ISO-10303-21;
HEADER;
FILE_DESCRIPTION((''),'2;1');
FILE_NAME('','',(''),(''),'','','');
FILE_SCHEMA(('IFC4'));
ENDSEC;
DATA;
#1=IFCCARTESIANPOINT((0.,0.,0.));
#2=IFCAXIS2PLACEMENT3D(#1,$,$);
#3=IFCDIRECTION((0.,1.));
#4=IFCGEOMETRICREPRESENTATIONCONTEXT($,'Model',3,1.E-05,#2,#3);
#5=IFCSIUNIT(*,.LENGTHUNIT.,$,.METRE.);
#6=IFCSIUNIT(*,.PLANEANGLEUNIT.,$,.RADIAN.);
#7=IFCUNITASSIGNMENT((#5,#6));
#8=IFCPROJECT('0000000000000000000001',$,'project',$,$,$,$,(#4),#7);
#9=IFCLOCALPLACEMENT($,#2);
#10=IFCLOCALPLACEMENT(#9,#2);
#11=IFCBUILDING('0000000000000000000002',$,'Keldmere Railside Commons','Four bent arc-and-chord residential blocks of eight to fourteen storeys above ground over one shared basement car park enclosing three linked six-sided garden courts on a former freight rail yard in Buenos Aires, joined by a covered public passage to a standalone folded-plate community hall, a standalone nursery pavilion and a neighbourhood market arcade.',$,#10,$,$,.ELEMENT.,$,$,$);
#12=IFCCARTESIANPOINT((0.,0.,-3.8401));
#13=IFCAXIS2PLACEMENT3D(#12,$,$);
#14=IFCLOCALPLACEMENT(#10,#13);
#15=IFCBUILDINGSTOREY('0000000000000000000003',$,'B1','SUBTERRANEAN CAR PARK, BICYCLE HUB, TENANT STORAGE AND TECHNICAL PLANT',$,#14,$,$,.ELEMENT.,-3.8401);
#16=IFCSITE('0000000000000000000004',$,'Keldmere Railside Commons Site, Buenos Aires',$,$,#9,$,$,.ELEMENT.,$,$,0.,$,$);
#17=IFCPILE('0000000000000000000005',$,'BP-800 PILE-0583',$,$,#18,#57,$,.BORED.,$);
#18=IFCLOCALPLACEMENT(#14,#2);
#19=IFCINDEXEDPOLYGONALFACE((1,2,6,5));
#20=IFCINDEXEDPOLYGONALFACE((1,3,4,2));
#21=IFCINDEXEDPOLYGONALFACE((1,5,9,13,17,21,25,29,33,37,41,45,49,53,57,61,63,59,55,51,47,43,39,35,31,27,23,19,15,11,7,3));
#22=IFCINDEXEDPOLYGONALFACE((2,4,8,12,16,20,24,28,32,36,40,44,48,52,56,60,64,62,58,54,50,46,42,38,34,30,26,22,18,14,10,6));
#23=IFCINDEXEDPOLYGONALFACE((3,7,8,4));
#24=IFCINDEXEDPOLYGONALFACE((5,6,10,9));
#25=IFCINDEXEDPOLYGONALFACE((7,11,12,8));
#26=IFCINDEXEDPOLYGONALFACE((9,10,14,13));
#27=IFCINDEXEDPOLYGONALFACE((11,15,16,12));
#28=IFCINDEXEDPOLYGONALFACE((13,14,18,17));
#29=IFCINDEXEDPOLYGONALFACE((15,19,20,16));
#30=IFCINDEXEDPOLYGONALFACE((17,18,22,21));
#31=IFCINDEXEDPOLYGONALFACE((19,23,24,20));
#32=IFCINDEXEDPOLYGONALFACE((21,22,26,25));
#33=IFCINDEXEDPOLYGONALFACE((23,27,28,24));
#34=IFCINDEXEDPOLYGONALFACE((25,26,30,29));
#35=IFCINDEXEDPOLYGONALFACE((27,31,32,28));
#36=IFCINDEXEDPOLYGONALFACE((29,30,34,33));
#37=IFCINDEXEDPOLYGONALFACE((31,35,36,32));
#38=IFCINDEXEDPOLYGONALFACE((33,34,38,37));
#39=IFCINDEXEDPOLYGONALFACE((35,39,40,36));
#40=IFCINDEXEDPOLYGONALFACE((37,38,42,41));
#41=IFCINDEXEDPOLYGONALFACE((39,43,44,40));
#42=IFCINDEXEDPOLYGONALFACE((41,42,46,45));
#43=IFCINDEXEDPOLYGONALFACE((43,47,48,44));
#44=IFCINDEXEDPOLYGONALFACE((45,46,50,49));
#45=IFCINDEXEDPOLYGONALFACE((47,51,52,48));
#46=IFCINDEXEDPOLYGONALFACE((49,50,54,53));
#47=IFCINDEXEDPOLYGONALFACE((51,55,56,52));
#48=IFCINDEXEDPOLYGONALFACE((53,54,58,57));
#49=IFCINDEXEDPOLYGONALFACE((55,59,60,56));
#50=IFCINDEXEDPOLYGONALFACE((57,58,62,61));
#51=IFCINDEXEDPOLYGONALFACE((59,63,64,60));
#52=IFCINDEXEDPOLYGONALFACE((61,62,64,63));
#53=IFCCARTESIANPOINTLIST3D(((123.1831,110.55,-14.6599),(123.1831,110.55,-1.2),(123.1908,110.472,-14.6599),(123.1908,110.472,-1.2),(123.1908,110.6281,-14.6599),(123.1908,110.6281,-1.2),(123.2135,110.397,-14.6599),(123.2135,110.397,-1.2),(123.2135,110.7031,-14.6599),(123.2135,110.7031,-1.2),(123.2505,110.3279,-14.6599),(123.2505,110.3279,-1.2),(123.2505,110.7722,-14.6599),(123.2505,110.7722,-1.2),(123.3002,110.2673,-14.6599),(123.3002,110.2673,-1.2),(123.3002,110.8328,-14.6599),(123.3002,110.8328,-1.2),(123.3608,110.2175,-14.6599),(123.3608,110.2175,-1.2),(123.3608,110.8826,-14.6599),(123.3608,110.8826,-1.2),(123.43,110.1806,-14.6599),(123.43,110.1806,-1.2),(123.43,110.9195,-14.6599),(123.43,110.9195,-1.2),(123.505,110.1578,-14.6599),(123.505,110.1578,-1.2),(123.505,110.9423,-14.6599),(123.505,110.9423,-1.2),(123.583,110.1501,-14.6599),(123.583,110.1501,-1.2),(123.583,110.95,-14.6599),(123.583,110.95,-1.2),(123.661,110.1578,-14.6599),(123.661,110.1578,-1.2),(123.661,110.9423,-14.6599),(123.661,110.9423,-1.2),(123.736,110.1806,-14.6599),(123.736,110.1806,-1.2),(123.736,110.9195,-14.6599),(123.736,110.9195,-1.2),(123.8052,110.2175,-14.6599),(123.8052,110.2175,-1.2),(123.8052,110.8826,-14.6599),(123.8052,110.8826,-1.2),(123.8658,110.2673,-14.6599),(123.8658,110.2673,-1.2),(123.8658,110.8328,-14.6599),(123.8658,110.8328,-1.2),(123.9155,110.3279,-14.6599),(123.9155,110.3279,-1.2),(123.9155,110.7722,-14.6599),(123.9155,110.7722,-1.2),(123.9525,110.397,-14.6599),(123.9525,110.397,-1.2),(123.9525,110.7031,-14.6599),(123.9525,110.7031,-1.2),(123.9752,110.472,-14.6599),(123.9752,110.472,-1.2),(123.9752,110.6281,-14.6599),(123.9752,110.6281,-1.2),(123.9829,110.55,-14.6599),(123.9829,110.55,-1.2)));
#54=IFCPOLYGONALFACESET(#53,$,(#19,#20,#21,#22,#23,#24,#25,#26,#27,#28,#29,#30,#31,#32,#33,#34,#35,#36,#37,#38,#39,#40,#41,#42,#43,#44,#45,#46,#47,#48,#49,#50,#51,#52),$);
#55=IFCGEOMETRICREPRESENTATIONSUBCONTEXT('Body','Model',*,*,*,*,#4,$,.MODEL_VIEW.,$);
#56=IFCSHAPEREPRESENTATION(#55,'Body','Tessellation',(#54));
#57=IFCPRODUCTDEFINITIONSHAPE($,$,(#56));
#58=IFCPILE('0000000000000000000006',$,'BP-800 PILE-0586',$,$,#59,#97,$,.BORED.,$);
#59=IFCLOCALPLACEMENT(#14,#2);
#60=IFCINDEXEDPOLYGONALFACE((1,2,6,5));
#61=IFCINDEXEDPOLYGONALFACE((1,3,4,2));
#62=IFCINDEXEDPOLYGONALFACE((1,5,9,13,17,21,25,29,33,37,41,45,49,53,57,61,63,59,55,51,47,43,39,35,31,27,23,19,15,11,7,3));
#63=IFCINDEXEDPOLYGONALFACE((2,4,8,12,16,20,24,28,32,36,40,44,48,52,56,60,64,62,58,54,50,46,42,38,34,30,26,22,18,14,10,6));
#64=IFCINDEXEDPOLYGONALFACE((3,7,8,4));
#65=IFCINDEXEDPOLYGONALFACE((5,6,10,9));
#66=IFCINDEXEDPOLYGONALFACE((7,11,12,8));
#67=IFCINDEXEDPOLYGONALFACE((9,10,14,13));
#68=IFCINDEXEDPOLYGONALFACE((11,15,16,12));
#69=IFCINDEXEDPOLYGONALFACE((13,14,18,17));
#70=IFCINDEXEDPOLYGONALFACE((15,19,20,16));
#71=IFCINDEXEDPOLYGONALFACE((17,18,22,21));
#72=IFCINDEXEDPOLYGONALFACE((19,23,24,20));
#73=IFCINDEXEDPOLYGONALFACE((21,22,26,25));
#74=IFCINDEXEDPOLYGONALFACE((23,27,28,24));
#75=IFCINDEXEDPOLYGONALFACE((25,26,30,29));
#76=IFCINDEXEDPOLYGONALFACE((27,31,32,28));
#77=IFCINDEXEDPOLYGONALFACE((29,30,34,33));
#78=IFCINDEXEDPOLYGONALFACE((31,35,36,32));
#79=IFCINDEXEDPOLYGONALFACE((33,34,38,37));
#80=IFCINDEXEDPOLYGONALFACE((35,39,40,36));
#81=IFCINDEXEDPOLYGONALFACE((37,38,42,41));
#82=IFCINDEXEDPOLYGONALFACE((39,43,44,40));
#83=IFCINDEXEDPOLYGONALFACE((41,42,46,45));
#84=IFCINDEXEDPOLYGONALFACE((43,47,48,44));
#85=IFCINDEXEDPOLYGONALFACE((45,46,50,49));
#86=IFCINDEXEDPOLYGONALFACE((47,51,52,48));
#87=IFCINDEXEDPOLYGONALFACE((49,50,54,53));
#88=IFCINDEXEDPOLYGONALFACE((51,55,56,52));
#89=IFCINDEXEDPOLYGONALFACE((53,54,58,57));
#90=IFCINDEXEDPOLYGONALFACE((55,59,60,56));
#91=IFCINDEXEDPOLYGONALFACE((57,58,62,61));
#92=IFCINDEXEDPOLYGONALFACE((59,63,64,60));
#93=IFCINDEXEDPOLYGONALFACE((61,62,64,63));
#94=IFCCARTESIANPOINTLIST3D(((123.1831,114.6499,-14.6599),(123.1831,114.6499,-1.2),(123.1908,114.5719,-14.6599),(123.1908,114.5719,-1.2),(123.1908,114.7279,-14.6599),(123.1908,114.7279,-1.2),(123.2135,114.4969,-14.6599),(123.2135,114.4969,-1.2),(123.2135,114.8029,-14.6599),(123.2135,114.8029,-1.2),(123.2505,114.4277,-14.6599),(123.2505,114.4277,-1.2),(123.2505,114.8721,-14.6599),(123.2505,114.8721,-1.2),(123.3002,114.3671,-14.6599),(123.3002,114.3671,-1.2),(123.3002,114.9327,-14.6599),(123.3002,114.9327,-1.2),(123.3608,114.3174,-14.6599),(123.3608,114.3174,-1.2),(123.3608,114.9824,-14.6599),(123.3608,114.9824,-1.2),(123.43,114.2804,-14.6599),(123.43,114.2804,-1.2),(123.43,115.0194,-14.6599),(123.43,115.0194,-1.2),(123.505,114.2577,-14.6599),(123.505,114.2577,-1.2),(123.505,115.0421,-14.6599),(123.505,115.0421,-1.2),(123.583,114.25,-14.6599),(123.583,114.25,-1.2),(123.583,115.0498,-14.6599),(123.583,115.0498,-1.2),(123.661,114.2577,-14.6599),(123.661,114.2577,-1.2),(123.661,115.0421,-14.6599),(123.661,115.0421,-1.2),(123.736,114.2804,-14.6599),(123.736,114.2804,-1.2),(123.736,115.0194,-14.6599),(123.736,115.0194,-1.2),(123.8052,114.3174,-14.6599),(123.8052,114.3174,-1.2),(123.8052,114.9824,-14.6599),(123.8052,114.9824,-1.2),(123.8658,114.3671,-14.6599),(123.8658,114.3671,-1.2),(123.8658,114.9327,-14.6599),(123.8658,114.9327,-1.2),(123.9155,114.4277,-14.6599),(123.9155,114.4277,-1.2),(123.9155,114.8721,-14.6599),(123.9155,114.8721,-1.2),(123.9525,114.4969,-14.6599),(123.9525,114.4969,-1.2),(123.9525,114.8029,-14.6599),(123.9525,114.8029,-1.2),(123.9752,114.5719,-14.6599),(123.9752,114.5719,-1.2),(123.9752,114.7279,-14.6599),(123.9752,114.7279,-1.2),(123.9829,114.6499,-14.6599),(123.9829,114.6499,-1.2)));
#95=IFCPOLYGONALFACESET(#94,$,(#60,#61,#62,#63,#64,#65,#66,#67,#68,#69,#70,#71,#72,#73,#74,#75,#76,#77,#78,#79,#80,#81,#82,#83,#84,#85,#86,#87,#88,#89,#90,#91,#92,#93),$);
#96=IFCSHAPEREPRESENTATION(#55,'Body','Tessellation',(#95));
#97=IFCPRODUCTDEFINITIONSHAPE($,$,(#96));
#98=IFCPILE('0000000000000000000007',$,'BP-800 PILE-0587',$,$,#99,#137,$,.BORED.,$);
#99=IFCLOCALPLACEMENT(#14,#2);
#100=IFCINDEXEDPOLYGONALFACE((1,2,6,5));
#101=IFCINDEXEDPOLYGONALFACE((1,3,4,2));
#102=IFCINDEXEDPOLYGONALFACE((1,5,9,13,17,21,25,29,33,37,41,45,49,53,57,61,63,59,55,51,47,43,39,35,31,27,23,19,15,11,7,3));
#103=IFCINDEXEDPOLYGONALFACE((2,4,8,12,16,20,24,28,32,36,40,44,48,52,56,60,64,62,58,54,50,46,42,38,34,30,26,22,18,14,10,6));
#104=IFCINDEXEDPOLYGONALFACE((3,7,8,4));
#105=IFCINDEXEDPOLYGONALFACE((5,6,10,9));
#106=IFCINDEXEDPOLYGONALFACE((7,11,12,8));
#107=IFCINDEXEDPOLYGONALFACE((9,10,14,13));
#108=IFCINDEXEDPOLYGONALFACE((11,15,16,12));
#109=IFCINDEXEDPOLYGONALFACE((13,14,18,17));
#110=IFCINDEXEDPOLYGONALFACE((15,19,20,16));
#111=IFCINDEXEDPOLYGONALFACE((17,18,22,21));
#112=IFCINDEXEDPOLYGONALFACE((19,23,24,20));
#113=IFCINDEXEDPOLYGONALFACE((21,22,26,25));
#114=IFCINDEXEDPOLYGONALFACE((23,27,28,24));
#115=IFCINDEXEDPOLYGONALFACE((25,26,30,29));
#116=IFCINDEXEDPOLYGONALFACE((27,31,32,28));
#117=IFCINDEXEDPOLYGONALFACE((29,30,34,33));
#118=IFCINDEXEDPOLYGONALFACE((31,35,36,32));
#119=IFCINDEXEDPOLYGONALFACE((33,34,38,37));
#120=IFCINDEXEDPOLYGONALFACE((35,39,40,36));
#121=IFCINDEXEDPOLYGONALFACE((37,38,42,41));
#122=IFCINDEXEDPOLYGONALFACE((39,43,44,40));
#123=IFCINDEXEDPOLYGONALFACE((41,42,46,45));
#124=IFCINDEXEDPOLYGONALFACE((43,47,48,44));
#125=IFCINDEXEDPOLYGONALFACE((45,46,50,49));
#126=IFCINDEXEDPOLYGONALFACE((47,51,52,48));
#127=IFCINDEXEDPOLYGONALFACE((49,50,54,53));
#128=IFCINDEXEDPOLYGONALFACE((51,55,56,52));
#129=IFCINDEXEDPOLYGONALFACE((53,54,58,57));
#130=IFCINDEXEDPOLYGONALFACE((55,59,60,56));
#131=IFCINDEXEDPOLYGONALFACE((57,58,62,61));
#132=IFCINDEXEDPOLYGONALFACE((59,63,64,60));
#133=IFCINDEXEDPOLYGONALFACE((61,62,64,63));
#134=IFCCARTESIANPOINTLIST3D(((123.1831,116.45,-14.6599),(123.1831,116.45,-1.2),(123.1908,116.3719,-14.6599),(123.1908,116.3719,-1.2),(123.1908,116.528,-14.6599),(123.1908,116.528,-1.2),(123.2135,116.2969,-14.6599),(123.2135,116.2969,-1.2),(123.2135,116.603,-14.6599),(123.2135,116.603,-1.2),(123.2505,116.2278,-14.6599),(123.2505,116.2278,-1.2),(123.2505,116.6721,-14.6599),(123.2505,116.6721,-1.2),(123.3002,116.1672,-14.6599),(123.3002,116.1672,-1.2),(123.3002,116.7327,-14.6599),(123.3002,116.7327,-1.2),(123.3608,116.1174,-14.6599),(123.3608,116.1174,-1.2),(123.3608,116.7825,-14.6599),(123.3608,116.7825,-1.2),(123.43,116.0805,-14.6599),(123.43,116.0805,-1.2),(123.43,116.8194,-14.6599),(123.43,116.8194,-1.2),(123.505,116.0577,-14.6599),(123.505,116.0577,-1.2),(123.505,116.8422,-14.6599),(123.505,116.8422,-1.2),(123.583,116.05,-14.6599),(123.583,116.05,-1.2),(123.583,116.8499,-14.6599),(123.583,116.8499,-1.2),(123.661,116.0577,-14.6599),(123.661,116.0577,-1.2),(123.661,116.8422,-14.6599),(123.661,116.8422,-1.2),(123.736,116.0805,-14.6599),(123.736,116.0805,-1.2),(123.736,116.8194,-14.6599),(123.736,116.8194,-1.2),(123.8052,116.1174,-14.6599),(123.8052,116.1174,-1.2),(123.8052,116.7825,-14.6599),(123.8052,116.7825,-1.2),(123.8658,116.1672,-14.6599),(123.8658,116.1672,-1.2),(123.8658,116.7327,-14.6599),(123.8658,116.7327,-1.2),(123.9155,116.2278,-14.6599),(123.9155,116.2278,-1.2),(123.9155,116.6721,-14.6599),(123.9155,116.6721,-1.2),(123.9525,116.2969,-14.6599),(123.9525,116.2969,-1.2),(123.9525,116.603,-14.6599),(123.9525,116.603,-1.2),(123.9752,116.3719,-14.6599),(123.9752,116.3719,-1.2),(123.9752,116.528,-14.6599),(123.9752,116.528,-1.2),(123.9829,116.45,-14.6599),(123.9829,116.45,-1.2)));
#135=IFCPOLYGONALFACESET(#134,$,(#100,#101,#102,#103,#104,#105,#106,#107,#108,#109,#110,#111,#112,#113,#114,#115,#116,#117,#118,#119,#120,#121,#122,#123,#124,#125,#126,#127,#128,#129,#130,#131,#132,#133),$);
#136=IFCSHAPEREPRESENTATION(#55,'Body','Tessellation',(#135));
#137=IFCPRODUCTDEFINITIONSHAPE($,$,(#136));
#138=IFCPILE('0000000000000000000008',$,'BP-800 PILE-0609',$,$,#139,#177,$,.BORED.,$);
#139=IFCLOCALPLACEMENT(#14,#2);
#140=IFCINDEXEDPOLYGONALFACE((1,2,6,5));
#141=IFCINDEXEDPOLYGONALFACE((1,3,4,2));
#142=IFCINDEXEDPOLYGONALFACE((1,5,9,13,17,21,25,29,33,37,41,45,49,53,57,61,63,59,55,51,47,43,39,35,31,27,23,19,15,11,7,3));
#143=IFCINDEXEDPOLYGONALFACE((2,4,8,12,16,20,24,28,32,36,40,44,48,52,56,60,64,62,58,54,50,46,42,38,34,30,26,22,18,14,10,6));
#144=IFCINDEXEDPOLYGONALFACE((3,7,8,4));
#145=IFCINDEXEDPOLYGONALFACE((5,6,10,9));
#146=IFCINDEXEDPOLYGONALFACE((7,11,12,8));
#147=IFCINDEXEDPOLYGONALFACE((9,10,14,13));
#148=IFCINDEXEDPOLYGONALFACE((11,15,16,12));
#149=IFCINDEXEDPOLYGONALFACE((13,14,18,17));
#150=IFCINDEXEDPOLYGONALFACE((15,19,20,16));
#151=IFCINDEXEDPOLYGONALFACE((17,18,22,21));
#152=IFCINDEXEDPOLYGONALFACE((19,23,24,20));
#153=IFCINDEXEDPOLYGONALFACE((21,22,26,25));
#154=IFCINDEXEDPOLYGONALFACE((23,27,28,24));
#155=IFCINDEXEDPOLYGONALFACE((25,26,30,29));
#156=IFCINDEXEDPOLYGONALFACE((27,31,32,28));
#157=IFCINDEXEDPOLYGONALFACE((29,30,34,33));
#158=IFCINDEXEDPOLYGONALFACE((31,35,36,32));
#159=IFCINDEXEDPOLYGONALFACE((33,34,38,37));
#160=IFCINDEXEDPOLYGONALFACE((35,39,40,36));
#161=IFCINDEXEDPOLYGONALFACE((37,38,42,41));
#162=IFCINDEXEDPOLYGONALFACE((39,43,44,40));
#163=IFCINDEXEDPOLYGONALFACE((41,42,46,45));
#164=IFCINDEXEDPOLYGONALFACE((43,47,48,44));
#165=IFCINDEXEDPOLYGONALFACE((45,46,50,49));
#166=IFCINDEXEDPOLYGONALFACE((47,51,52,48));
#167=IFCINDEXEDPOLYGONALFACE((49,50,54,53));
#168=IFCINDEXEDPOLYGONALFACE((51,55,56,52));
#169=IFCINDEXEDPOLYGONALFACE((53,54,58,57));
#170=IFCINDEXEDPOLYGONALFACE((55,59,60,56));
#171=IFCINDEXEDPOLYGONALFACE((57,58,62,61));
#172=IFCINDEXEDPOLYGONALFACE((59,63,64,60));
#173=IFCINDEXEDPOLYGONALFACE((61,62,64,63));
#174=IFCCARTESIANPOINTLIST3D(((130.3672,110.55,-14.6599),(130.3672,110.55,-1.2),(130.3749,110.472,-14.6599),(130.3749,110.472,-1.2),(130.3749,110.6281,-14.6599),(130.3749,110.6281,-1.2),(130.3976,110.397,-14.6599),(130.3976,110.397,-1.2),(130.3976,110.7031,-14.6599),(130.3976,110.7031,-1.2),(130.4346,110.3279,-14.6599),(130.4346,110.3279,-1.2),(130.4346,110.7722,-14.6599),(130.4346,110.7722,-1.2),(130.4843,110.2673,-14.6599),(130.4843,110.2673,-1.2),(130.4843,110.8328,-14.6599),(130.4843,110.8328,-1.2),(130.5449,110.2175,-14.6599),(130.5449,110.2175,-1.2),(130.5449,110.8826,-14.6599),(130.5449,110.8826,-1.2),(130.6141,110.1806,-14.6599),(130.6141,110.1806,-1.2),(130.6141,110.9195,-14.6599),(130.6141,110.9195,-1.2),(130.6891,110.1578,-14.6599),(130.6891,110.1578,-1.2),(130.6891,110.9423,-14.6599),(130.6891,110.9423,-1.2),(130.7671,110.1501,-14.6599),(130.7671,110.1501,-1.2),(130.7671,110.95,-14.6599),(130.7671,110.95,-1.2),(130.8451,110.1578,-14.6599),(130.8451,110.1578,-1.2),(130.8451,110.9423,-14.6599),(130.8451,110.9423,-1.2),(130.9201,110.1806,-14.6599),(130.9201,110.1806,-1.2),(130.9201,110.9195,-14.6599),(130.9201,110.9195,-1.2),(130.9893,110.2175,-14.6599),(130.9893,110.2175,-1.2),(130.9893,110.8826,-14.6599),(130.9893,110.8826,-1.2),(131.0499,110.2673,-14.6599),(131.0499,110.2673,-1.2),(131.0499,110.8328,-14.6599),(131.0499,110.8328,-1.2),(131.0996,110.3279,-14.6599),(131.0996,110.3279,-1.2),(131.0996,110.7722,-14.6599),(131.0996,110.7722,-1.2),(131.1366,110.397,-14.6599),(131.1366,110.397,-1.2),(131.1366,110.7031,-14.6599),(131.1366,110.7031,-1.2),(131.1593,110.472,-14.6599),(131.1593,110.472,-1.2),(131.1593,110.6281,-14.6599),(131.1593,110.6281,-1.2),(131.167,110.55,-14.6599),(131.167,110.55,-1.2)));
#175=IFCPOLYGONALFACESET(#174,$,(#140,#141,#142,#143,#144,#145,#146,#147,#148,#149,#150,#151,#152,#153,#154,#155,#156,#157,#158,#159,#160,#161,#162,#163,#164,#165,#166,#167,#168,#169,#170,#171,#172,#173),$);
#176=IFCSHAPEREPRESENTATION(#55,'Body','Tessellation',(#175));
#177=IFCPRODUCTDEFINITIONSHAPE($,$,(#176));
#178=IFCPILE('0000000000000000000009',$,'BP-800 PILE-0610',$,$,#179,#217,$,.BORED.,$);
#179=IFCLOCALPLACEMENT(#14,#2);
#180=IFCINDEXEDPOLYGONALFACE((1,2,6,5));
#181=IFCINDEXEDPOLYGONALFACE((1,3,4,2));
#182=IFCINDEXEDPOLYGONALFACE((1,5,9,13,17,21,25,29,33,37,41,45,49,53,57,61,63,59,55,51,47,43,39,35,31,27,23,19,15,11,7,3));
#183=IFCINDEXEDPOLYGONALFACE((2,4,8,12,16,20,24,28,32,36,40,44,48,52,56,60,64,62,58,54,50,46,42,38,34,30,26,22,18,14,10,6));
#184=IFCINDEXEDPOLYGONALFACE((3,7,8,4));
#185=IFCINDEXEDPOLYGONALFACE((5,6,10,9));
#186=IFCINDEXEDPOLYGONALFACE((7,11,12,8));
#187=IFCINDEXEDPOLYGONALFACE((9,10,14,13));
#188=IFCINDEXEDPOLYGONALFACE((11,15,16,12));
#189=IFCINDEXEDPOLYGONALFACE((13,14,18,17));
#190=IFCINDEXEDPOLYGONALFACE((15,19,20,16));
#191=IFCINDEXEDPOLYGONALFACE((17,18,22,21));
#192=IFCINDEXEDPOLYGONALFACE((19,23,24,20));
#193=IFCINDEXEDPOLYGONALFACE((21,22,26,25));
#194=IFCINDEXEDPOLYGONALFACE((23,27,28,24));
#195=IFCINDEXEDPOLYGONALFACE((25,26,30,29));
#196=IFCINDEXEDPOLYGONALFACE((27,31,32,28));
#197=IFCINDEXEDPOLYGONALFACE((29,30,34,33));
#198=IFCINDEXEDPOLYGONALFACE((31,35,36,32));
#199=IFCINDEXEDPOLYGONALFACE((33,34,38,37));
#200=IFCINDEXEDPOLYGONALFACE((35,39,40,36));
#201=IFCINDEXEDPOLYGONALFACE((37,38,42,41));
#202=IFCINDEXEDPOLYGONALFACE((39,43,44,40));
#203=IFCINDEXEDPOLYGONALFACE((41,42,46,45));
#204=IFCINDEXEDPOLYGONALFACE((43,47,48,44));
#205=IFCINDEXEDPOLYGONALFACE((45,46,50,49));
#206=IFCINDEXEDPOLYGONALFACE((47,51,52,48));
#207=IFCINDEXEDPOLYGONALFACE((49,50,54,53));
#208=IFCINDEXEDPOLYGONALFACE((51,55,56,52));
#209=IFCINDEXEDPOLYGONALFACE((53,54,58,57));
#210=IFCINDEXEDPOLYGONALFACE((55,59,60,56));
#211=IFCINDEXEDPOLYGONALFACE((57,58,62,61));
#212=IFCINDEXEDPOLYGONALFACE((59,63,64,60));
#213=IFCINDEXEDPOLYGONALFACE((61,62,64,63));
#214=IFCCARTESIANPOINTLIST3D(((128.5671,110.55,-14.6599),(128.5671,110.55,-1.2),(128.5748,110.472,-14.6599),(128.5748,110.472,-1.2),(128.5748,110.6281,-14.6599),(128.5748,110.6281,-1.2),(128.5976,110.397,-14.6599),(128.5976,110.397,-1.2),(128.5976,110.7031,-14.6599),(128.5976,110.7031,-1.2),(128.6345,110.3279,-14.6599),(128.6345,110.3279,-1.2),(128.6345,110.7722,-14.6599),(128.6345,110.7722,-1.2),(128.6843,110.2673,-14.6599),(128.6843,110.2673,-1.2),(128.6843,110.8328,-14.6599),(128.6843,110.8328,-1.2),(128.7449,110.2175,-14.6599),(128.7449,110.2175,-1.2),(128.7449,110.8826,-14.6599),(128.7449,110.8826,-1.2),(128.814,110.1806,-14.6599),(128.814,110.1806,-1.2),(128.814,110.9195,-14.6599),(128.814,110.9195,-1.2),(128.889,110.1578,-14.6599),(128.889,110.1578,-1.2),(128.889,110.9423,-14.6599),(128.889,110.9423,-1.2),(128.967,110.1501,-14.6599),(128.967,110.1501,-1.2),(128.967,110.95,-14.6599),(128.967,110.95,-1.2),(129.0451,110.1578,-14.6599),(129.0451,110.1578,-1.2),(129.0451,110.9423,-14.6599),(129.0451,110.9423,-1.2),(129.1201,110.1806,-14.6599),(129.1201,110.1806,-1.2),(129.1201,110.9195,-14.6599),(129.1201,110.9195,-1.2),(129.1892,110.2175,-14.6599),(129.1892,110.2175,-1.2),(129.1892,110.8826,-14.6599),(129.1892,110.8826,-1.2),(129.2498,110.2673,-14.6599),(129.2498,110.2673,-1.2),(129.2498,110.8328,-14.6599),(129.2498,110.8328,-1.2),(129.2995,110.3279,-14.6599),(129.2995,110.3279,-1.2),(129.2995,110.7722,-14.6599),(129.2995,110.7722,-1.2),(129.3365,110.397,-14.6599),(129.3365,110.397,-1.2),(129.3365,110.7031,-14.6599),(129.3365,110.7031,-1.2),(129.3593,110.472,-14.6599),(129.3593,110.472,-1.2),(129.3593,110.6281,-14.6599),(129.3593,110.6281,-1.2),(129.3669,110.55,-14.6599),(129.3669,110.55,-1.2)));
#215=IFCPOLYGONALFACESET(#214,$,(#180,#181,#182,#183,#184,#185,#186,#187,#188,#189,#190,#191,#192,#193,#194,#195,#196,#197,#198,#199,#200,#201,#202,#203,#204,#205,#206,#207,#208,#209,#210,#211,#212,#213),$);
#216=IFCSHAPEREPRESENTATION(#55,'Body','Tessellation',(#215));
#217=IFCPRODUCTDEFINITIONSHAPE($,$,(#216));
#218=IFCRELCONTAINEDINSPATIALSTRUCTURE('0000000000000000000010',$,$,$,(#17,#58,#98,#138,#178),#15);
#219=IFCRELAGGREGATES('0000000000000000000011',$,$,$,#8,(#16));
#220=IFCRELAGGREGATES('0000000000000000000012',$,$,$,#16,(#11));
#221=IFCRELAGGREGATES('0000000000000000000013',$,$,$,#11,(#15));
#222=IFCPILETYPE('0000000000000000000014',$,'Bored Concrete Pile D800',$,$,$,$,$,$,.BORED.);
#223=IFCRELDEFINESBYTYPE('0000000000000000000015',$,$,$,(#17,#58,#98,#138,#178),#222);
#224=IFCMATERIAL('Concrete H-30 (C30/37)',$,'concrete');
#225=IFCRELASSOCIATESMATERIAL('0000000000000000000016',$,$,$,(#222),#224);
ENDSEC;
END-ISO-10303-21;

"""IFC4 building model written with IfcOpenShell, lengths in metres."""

from ifc_helpers import new_model, si_unit, direction, frame, origin, origin_2d, place, context, subcontext, project, spatial, circle, extrude, material, material_profile, profile_set, type_object, element, save


model = new_model("IFC4")

# Units and contexts
model_context = context("Model", 3, precision=1e-05, world=origin(), true_north=direction((0.0, 1.0)))
body_context = subcontext(model_context, "Body", "Model", "MODEL_VIEW")
ifc_project = project(units=[si_unit("LENGTHUNIT", "METRE"), si_unit("PLANEANGLEUNIT", "RADIAN")], contexts=[model_context])

# Site, building, storey
site_placement = place(None, origin())
site = spatial("IfcSite", under=ifc_project, at=site_placement, Name="Keldmere Railside Commons Site, Buenos Aires", CompositionType="ELEMENT", RefElevation=0.0)
building_placement = place(site_placement, origin())
building = spatial("IfcBuilding", under=site, at=building_placement, Name="Keldmere Railside Commons", Description="Four bent arc-and-chord residential blocks of eight to fourteen storeys above ground over one shared basement car park enclosing three linked six-sided garden courts on a former freight rail yard in Buenos Aires, joined by a covered public passage to a standalone folded-plate community hall, a standalone nursery pavilion and a neighbourhood market arcade.", CompositionType="ELEMENT")
storey_placement = place(building_placement, frame((0.0, 0.0, -3.8401)))
storey = spatial("IfcBuildingStorey", under=building, at=storey_placement, Name="B1", Description="SUBTERRANEAN CAR PARK, BICYCLE HUB, TENANT STORAGE AND TECHNICAL PLANT", CompositionType="ELEMENT", Elevation=-3.8401)

# Piles
ifc_material_1 = material(Name="Concrete H-30 (C30/37)", Category="concrete")
ifc_material_profile_1 = material_profile(ifc_material_1, circle(Radius=0.3999, at=origin_2d()), Name="PILE-D800")
ifc_profile_set_1 = profile_set([ifc_material_profile_1], Name="Concrete H-30 (C30/37)")
pile_type = type_object("IfcPileType", Name="Bored Concrete Pile D800", PredefinedType="BORED", material=ifc_profile_set_1)
for number, where, z_axis, x_axis, name in (
    (1, (123.583, 110.55, -1.2), (0.0, 0.0, -1.0), (1.0, 0.0, 0.0), "BP-800 PILE-0583"),
    (2, (123.583, 114.6499, -1.2), (0.0, 0.0, -1.0), (1.0, 0.0, 0.0), "BP-800 PILE-0586"),
    (3, (123.583, 116.45, -1.2), (0.0, 0.0, -1.0), (1.0, 0.0, 0.0), "BP-800 PILE-0587"),
    (4, (130.7671, 110.55, -1.2), (0.0, 0.0, -1.0), (1.0, 0.0, 0.0), "BP-800 PILE-0609"),
    (5, (128.967, 110.55, -1.2), (0.0, 0.0, -1.0), (1.0, 0.0, 0.0), "BP-800 PILE-0610"),
):
    element("IfcPile", number, at=place(storey_placement, frame(where, z_axis=z_axis, x_axis=x_axis)), inside=storey, type_object=pile_type, Name=name, PredefinedType="BORED", context=body_context, shape_type="SweptSolid", body=[
        extrude(circle(Radius=0.3999, at=origin_2d()), origin(), (0.0, 0.0, 1.0), 13.46),
    ])

save(model, "model.ifc")
